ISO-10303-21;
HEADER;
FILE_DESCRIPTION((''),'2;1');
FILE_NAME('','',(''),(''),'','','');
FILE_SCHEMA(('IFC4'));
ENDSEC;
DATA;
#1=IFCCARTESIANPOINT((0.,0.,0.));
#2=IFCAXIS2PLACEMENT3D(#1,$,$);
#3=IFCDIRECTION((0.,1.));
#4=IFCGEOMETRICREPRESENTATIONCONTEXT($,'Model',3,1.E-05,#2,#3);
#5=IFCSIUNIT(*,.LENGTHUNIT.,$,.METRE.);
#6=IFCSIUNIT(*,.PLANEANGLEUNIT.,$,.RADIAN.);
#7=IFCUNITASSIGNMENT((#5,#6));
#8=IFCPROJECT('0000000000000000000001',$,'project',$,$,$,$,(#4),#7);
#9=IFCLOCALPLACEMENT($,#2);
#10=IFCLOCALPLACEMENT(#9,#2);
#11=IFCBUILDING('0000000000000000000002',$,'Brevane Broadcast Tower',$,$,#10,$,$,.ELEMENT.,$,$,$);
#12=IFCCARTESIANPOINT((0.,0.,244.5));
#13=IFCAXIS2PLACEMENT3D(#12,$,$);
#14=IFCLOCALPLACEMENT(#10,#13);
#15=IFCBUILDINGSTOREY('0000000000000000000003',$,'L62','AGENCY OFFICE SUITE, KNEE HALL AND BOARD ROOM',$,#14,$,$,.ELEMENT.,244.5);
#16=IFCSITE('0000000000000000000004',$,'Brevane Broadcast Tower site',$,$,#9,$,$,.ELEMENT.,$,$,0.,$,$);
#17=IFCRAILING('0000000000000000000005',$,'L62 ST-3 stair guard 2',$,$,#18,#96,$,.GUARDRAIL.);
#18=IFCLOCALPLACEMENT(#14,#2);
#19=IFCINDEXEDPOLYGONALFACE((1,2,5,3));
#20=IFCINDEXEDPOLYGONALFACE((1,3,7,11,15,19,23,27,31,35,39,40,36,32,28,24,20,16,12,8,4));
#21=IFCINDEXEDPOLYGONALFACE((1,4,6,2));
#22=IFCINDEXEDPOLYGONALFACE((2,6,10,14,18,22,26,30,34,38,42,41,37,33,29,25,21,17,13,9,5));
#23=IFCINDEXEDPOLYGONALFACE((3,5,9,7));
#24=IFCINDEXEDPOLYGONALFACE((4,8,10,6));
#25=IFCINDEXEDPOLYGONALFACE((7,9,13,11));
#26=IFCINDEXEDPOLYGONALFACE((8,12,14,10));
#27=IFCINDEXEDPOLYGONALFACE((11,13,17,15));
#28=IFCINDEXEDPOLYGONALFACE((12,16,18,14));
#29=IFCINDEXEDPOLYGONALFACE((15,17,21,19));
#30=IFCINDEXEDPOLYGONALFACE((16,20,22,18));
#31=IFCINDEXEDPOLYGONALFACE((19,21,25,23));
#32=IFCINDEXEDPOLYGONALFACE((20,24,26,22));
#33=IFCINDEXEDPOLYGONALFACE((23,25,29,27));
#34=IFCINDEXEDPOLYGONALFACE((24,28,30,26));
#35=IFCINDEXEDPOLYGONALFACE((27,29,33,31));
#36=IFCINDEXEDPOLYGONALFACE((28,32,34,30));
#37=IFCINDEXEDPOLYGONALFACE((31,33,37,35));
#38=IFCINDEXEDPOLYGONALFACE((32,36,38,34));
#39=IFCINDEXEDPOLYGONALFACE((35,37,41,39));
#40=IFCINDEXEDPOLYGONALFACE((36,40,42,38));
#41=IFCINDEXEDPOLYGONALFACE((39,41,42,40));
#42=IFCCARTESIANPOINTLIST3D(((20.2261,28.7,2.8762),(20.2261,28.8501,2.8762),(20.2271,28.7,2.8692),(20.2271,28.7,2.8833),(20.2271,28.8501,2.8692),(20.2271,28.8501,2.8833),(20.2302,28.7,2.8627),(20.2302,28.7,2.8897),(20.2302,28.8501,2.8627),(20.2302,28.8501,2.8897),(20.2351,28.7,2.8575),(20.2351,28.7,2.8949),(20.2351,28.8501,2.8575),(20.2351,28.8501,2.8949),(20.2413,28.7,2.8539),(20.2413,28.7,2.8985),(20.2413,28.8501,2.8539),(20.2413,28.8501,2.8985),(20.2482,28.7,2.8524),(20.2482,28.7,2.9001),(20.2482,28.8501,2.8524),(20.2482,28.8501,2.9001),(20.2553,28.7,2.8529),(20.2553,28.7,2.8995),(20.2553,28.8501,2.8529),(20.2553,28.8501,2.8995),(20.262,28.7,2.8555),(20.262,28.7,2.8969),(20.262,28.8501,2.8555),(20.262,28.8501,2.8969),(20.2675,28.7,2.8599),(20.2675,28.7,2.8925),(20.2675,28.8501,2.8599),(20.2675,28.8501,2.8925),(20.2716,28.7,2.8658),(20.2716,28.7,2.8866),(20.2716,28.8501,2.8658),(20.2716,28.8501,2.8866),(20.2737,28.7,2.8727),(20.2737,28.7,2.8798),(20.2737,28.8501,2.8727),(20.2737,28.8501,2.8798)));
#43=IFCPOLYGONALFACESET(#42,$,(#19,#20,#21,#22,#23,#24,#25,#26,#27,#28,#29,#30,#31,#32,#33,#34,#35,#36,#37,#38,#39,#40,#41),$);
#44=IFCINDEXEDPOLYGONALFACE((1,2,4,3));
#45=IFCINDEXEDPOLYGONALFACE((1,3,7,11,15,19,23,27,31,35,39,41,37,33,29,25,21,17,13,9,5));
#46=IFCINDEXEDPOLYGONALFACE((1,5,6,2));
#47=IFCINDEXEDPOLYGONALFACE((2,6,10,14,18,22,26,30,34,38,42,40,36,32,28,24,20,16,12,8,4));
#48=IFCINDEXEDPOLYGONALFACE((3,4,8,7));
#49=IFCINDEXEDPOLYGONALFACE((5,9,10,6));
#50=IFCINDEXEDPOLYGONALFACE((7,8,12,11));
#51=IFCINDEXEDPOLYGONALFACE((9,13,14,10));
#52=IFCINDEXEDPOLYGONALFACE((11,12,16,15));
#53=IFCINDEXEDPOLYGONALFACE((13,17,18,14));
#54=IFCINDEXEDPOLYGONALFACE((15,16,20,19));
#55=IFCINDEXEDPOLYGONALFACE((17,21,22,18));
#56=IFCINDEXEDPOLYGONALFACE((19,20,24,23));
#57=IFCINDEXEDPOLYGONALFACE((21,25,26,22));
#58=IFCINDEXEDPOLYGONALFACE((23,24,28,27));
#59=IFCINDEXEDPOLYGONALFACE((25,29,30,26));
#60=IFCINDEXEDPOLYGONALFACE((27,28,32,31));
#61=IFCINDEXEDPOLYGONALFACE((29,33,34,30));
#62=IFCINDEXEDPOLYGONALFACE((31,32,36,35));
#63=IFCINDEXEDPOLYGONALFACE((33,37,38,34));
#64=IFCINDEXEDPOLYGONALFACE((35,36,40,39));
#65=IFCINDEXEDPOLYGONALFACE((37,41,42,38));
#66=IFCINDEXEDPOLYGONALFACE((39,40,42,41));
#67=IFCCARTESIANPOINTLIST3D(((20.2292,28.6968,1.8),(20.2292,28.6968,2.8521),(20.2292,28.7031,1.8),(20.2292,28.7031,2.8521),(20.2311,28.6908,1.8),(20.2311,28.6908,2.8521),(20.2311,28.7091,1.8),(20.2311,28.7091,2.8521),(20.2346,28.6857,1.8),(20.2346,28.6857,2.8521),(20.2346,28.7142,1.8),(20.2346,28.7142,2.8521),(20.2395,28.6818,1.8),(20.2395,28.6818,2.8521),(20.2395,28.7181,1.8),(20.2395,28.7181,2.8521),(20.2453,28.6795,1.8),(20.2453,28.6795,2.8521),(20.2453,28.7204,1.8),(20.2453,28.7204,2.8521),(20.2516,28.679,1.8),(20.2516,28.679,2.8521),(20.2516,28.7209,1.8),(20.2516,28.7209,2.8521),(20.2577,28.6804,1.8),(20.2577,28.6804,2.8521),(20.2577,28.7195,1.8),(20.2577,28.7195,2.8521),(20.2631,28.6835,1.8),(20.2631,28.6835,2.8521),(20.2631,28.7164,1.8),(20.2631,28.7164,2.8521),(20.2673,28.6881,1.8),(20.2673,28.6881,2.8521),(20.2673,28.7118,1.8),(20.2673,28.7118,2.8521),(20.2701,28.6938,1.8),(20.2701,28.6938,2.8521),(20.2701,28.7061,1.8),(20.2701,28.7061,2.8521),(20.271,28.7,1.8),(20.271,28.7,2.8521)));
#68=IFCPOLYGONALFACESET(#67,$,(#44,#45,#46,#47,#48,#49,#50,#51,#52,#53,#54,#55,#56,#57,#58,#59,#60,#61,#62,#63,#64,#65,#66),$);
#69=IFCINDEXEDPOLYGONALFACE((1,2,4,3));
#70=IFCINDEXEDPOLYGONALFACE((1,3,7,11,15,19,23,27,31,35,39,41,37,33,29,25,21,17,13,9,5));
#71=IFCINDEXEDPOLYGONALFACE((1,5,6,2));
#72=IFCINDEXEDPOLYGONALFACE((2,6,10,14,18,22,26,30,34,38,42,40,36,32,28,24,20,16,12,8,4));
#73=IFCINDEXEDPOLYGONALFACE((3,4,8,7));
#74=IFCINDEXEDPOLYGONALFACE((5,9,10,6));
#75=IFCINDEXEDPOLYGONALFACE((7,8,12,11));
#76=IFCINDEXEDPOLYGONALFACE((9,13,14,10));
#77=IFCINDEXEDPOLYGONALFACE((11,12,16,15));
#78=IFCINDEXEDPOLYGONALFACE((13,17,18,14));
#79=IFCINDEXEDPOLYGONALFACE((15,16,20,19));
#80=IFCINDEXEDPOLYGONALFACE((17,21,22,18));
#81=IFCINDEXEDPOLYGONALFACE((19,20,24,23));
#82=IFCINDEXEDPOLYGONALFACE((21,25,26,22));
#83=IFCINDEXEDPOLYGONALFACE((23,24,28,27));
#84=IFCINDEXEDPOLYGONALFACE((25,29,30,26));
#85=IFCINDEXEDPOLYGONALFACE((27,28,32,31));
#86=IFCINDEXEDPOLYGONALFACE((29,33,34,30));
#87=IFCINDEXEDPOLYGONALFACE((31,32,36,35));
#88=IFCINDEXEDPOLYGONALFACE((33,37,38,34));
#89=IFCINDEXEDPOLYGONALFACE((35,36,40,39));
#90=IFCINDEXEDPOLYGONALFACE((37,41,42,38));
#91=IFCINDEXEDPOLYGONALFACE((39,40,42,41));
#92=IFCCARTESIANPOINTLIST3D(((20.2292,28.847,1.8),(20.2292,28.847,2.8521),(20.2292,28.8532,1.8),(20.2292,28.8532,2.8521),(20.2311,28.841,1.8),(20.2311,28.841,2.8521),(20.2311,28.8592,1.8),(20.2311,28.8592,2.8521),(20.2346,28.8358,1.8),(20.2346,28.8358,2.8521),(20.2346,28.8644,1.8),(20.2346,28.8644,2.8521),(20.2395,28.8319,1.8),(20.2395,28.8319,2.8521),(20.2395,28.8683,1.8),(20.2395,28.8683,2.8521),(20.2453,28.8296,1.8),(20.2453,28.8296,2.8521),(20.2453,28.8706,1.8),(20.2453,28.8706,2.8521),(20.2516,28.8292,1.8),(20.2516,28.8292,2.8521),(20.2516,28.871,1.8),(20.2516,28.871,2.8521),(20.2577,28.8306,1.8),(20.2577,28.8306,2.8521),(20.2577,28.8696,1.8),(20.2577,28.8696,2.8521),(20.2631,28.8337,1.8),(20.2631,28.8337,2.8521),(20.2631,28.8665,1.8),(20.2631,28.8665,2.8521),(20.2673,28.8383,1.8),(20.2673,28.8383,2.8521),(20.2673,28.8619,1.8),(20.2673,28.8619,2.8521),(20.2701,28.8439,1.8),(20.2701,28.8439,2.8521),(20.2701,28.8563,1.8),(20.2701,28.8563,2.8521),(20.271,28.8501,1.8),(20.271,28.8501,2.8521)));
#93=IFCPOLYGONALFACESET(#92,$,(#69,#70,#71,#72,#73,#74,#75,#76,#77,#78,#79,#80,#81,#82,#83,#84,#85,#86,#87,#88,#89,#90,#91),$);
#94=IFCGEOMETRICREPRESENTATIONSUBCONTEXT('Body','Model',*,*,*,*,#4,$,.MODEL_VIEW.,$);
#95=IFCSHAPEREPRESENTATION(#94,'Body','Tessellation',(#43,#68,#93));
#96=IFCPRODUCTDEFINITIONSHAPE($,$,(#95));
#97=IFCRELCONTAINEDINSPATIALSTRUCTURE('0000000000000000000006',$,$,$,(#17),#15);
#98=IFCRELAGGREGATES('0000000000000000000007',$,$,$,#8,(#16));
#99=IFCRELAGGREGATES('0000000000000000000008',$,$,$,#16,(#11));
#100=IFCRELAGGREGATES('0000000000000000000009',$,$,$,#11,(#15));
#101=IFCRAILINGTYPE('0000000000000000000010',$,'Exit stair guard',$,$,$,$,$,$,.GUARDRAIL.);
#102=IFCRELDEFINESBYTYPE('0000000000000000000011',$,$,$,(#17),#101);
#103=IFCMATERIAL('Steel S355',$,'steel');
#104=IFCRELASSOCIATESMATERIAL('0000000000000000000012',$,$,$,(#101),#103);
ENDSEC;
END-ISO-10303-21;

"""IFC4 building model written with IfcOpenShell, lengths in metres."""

from ifc_helpers import new_model, si_unit, direction, frame, origin, origin_2d, place, context, subcontext, project, spatial, circle, extrude, material, type_object, element, save


model = new_model("IFC4")

# Units and contexts
model_context = context("Model", 3, precision=1e-05, world=origin(), true_north=direction((0.0, 1.0)))
body_context = subcontext(model_context, "Body", "Model", "MODEL_VIEW")
ifc_project = project(units=[si_unit("LENGTHUNIT", "METRE"), si_unit("PLANEANGLEUNIT", "RADIAN")], contexts=[model_context])

# Site, building, storey
site_placement = place(None, origin())
site = spatial("IfcSite", under=ifc_project, at=site_placement, Name="Brevane Broadcast Tower site", CompositionType="ELEMENT", RefElevation=0.0)
building_placement = place(site_placement, origin())
building = spatial("IfcBuilding", under=site, at=building_placement, Name="Brevane Broadcast Tower", CompositionType="ELEMENT")
storey_placement = place(building_placement, frame((0.0, 0.0, 244.5)))
storey = spatial("IfcBuildingStorey", under=building, at=storey_placement, Name="L62", Description="AGENCY OFFICE SUITE, KNEE HALL AND BOARD ROOM", CompositionType="ELEMENT", Elevation=244.5)

# Railing
ifc_material_1 = material(Name="Steel S355", Category="steel")
railing_type_1 = type_object("IfcRailingType", Name="Exit stair guard", PredefinedType="GUARDRAIL", material=ifc_material_1)
railing_1_placement = place(storey_placement, frame((20.25, 28.7, 1.8)))
element("IfcRailing", 1, at=railing_1_placement, inside=storey, type_object=railing_type_1, Name="L62 ST-3 stair guard 2", PredefinedType="GUARDRAIL", context=body_context, shape_type="SweptSolid", body=[
    extrude(circle(Radius=0.0239, at=origin_2d()), frame((0.0, 0.0, 1.0762), z_axis=(0.0, 1.0, 0.0), x_axis=(-1.0, 0.0, 0.0)), (0.0, 0.0, 1.0), 0.1501),
    extrude(circle(Radius=0.021, at=origin_2d()), origin(), (0.0, 0.0, 1.0), 1.052),
    extrude(circle(Radius=0.021, at=origin_2d()), frame((0.0, 0.1501, 0.0)), (0.0, 0.0, 1.0), 1.052),
])

save(model, "model.ifc")
